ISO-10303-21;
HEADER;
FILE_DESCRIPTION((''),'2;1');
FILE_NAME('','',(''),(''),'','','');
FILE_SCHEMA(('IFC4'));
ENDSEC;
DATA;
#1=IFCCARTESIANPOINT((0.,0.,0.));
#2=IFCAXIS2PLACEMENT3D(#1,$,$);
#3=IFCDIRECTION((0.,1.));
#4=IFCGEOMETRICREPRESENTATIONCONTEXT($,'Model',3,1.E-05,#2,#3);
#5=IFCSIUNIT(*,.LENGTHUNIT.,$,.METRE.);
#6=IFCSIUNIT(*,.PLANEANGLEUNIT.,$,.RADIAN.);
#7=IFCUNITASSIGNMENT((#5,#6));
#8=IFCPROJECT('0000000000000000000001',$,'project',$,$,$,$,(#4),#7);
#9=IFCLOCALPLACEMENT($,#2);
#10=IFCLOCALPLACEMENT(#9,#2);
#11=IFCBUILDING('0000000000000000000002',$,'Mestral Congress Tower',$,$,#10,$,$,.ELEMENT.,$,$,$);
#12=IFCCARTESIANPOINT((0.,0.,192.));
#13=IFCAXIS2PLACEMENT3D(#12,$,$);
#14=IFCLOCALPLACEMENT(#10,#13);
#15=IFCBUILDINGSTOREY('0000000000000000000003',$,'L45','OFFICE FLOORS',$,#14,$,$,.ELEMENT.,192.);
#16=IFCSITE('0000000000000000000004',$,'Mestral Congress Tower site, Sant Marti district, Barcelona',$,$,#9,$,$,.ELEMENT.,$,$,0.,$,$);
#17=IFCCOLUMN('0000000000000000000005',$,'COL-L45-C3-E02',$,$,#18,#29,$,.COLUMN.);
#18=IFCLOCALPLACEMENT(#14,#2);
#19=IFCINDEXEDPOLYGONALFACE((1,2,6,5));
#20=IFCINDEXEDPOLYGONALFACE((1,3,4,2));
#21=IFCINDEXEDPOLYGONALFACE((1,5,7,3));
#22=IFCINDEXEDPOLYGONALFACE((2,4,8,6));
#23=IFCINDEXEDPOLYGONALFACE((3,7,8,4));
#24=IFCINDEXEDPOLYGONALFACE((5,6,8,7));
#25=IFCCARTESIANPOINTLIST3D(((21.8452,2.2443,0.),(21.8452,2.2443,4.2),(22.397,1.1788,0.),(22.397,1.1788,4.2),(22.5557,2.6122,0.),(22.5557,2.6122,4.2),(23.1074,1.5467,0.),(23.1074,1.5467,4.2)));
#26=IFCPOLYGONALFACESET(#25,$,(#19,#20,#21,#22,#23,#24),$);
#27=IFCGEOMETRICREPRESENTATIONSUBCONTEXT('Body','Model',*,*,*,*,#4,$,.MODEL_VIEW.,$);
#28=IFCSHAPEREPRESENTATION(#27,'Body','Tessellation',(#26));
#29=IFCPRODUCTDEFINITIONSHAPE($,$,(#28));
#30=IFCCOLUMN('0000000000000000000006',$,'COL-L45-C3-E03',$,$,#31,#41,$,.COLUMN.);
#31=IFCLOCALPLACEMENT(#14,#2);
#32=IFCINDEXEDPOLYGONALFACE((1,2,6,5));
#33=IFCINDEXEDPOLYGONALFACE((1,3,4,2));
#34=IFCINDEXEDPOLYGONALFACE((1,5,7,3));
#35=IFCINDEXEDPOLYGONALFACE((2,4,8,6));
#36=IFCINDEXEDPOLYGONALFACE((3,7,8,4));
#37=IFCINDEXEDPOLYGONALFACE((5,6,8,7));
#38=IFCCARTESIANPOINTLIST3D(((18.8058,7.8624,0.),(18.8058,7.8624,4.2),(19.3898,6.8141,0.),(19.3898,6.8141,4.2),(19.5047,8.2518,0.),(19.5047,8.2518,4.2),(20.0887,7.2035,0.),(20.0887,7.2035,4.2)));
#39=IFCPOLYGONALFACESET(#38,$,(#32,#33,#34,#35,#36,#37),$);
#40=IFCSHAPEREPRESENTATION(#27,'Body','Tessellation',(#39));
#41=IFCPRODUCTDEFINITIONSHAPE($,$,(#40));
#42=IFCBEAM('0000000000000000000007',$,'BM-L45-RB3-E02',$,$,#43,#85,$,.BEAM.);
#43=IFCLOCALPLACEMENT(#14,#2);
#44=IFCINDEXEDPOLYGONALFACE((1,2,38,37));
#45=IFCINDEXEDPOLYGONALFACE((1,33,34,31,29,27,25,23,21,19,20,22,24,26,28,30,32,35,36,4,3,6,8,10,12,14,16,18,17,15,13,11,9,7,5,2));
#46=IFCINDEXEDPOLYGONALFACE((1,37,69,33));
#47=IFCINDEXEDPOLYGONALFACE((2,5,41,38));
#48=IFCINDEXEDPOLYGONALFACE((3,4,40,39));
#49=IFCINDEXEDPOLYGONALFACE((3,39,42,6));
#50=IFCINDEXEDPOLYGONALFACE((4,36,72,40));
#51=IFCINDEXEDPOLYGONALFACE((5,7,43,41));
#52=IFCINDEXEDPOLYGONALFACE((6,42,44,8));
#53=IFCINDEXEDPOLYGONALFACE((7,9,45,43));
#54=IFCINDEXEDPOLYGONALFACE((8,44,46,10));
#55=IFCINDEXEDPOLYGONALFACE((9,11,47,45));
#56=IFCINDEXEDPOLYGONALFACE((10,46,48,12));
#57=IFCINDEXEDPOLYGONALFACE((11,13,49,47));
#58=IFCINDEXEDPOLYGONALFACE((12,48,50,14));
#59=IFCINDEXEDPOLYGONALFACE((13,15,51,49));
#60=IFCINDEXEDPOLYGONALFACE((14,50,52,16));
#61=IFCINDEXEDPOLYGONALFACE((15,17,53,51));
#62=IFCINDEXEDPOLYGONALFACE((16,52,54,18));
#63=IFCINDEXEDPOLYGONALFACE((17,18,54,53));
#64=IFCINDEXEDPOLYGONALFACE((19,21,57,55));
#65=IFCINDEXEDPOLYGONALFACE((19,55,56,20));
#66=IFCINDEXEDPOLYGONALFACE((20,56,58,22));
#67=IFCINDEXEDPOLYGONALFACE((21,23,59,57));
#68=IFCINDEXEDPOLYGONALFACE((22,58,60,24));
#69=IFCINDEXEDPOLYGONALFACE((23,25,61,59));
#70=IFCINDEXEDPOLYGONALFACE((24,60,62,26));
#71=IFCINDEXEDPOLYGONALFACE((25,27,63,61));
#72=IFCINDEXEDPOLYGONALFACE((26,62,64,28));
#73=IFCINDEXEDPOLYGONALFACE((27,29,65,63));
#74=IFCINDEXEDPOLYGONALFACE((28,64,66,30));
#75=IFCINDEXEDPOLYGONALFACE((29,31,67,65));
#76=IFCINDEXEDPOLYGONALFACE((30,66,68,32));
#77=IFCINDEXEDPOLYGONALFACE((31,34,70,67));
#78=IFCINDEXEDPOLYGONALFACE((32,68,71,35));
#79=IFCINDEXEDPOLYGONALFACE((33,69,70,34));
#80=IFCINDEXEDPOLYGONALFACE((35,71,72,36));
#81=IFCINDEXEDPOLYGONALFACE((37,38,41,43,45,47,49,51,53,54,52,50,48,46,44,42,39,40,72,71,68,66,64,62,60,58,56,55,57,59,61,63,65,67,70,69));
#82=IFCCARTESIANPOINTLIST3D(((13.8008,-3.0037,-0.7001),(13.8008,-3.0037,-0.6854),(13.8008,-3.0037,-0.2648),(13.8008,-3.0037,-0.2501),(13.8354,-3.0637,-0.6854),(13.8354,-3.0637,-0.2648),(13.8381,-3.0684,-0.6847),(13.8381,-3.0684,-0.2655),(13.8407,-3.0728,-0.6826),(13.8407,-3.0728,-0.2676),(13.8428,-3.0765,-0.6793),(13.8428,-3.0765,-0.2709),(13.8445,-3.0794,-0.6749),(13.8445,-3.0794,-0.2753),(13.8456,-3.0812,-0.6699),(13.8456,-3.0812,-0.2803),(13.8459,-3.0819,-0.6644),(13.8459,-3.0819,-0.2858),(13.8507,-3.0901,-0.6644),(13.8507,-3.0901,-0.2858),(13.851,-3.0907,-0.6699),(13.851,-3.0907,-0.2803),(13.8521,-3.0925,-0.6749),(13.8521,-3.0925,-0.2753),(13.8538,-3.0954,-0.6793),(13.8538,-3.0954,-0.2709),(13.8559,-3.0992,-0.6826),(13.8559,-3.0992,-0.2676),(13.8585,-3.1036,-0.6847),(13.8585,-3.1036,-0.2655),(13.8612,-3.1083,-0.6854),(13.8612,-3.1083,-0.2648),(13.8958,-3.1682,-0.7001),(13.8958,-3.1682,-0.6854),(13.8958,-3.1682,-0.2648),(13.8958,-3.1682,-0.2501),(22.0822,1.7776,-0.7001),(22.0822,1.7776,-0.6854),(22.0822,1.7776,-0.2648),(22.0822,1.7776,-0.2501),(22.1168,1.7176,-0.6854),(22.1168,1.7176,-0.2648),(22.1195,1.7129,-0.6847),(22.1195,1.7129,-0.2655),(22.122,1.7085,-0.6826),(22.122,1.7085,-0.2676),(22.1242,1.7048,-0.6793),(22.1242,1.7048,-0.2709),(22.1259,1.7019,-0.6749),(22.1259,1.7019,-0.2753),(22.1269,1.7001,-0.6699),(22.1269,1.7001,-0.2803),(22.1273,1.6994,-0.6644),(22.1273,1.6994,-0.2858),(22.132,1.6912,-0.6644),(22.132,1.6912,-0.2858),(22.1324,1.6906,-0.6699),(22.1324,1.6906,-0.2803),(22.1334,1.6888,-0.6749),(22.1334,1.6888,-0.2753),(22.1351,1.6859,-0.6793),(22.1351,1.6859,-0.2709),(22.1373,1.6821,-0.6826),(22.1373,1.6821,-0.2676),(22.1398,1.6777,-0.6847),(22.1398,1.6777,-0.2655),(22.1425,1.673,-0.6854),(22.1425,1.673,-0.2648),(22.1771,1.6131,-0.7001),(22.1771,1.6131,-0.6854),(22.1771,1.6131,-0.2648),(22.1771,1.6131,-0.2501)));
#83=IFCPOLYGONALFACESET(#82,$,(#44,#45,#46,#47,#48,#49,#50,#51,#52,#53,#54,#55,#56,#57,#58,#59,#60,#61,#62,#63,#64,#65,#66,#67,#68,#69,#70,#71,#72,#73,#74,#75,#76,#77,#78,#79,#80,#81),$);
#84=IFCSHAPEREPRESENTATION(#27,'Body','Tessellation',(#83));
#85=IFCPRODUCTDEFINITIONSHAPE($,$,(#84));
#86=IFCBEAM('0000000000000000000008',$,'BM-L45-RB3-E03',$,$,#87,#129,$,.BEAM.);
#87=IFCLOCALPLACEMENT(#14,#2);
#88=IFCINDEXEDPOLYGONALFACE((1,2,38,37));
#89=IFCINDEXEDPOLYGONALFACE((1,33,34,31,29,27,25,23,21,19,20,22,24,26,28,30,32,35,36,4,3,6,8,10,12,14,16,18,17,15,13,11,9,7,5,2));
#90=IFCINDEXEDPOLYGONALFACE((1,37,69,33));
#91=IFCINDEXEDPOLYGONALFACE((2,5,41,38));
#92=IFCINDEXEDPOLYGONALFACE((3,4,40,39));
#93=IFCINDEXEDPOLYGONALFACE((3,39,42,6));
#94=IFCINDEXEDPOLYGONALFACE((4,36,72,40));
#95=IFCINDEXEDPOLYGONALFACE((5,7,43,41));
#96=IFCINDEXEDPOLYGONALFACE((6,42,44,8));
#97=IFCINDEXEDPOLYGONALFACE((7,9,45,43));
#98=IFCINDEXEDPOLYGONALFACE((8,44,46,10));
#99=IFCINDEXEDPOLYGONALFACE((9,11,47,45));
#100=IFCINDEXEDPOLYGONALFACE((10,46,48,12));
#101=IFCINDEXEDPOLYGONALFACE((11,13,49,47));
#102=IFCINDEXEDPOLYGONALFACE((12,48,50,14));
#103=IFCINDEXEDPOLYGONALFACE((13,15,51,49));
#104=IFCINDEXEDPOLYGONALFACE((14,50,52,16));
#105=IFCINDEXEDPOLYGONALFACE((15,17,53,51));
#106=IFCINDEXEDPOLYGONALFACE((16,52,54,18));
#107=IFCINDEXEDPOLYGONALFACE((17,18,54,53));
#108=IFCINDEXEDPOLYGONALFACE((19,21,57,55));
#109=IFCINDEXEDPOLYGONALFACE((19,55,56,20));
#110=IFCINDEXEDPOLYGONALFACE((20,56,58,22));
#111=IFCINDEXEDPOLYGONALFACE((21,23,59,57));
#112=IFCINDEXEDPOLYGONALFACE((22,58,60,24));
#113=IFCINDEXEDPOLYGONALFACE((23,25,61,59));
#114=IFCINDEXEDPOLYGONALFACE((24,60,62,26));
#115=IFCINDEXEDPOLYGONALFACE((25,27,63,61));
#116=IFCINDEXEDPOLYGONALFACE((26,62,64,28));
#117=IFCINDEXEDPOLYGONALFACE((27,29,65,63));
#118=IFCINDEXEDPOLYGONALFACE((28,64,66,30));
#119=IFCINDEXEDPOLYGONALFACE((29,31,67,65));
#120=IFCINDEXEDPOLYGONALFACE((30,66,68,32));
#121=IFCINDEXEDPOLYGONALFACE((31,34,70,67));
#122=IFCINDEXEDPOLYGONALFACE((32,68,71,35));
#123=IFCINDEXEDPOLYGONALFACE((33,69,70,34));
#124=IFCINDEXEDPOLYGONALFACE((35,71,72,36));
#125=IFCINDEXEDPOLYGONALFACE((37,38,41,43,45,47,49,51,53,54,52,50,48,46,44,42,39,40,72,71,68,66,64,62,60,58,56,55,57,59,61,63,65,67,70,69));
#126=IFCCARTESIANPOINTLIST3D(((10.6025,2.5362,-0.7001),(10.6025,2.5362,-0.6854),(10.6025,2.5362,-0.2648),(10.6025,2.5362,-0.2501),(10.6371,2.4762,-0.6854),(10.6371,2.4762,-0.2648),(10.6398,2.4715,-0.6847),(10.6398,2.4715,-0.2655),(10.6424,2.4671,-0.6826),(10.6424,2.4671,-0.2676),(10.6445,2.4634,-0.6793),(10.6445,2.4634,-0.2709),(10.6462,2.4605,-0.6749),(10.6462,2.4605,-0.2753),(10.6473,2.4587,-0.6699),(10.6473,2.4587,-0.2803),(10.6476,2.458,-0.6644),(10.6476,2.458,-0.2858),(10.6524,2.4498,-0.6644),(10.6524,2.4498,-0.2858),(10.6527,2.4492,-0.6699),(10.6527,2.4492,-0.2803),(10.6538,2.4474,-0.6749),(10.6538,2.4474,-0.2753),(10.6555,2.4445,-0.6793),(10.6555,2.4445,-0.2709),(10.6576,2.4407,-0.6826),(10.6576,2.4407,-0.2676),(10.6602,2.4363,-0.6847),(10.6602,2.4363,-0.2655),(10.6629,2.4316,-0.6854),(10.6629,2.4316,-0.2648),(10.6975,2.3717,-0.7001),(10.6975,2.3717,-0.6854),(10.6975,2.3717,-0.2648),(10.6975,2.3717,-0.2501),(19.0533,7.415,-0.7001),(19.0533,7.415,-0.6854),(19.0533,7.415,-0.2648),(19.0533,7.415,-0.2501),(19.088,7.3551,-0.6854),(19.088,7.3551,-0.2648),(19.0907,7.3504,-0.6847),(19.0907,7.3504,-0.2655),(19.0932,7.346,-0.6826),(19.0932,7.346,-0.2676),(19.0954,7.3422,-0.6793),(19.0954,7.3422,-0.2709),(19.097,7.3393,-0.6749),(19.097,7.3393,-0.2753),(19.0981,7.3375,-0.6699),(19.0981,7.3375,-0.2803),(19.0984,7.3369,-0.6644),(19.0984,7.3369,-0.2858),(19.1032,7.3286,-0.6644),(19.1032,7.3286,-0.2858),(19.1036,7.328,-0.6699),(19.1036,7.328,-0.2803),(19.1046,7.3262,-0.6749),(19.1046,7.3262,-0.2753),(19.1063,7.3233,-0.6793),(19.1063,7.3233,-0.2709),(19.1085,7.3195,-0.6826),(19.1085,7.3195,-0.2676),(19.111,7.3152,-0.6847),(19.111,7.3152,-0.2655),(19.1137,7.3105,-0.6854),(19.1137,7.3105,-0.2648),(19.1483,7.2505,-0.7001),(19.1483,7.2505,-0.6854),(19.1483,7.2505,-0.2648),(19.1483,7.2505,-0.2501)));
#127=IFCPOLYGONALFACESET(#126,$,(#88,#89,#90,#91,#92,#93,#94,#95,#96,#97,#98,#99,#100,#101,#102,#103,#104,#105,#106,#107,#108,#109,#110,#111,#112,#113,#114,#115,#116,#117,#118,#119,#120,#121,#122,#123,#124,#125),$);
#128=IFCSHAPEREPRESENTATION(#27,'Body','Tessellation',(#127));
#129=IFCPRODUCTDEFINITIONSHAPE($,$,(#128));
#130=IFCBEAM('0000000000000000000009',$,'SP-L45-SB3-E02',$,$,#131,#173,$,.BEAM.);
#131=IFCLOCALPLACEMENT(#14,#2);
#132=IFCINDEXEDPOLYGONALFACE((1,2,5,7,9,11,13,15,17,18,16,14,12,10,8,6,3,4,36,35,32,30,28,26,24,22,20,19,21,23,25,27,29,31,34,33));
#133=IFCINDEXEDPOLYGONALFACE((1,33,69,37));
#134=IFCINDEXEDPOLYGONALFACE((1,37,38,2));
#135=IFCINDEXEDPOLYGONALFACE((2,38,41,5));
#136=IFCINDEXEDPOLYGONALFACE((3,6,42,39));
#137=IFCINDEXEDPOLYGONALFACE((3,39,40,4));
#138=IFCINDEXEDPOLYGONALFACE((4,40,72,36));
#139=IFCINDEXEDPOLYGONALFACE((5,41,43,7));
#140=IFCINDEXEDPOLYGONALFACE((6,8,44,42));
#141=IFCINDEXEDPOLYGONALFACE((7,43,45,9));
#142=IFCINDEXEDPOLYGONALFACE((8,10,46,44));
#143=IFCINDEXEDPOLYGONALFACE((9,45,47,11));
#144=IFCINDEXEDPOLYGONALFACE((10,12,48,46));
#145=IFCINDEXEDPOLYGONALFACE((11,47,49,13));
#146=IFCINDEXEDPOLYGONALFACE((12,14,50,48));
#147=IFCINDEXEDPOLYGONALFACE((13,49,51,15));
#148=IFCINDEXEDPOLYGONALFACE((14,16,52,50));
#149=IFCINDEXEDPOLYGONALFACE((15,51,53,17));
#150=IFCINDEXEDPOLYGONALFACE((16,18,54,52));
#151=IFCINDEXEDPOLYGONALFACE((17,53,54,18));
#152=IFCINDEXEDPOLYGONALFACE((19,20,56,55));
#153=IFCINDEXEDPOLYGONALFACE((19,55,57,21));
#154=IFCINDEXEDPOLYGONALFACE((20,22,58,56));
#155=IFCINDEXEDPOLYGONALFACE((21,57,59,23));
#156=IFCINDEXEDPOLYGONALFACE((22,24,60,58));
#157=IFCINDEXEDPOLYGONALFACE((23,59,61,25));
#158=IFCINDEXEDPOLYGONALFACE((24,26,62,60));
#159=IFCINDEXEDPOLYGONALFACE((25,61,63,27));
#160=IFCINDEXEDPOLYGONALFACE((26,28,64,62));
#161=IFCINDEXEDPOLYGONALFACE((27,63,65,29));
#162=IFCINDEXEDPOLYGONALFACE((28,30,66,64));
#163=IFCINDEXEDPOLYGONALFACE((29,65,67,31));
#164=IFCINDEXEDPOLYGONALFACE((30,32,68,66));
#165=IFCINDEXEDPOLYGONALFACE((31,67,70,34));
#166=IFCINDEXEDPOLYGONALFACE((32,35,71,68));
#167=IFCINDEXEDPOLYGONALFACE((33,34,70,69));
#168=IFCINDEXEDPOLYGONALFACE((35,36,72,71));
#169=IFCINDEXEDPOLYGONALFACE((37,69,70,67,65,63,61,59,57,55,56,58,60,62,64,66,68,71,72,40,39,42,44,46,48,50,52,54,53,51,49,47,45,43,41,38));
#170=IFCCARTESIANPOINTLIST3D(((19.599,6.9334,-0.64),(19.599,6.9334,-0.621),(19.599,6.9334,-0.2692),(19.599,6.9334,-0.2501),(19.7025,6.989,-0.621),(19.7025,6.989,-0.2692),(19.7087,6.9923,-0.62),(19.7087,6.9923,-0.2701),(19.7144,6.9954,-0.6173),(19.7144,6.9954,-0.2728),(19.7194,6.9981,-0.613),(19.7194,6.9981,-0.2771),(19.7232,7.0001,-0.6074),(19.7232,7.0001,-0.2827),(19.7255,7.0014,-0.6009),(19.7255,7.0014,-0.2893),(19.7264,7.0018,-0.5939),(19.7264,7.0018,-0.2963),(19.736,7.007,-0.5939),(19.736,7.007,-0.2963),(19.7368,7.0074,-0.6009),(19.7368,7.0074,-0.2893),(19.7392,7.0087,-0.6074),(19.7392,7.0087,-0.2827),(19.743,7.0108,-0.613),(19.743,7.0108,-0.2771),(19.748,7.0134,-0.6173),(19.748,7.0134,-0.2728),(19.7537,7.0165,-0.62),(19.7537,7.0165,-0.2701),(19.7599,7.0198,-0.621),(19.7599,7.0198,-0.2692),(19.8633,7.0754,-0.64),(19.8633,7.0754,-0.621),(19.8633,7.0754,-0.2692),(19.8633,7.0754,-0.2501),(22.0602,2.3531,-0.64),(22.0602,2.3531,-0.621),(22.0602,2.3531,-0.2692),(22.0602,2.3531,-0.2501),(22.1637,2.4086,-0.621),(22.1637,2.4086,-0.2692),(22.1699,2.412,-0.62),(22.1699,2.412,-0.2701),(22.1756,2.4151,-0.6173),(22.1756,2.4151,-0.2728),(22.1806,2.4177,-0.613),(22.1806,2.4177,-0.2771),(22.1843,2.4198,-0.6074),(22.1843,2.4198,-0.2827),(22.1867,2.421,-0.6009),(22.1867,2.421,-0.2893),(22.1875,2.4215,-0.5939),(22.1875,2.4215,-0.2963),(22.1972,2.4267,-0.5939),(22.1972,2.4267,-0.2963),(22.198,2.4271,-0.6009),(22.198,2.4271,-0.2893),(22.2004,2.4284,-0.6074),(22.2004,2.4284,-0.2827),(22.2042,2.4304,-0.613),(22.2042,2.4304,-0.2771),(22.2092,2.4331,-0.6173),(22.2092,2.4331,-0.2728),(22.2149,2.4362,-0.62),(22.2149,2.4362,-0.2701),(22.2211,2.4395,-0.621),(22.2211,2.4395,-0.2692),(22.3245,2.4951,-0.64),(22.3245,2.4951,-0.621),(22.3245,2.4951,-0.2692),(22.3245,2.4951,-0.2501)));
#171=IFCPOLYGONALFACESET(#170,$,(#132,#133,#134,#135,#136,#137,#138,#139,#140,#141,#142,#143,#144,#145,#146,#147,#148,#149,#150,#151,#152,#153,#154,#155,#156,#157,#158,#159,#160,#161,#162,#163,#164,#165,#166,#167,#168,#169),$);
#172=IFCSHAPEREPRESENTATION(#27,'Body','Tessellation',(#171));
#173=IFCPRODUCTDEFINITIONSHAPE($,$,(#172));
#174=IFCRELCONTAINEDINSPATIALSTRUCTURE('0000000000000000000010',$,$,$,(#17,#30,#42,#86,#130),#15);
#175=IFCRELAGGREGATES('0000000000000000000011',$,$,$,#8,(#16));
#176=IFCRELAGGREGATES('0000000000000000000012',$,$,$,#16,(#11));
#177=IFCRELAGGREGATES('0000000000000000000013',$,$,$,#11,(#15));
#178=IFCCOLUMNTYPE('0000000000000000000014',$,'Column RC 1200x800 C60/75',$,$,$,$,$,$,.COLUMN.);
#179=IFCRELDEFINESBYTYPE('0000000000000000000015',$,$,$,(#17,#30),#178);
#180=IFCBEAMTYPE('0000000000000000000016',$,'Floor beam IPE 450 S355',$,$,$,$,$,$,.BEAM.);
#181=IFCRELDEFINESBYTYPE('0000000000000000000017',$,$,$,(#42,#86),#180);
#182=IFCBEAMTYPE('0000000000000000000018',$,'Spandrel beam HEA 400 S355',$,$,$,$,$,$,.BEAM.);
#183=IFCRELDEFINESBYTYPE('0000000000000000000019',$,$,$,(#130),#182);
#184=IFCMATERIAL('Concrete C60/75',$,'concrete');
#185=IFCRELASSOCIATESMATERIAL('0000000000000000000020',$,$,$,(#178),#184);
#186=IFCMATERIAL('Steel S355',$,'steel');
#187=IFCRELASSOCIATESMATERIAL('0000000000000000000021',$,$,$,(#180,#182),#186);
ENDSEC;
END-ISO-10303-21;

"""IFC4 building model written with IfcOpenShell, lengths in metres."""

from ifc_helpers import new_model, si_unit, direction, frame, origin, origin_2d, place, context, subcontext, project, spatial, rectangle, i_section, extrude, material, material_profile, profile_set, type_object, element, save


model = new_model("IFC4")

# Units and contexts
model_context = context("Model", 3, precision=1e-05, world=origin(), true_north=direction((0.0, 1.0)))
body_context = subcontext(model_context, "Body", "Model", "MODEL_VIEW")
ifc_project = project(units=[si_unit("LENGTHUNIT", "METRE"), si_unit("PLANEANGLEUNIT", "RADIAN")], contexts=[model_context])

# Site, building, storey
site_placement = place(None, origin())
site = spatial("IfcSite", under=ifc_project, at=site_placement, Name="Mestral Congress Tower site, Sant Marti district, Barcelona", CompositionType="ELEMENT", RefElevation=0.0)
building_placement = place(site_placement, origin())
building = spatial("IfcBuilding", under=site, at=building_placement, Name="Mestral Congress Tower", CompositionType="ELEMENT")
storey_placement = place(building_placement, frame((0.0, 0.0, 192.0)))
storey = spatial("IfcBuildingStorey", under=building, at=storey_placement, Name="L45", Description="OFFICE FLOORS", CompositionType="ELEMENT", Elevation=192.0)

# Columns
ifc_material_1 = material(Name="Concrete C60/75", Category="concrete")
ifc_material_profile_1 = material_profile(ifc_material_1, rectangle(XDim=1.2, YDim=0.8, at=origin_2d()), Name="RC 1200x800")
ifc_profile_set_1 = profile_set([ifc_material_profile_1], Name="Concrete C60/75")
column_type = type_object("IfcColumnType", Name="Column RC 1200x800 C60/75", PredefinedType="COLUMN", material=ifc_profile_set_1)
for number, where, z_axis, x_axis, name in (
    (1, (22.4763, 1.8955, 0.0), (0.0, 0.0, 1.0), (-0.459837, 0.888003, 0.0), "COL-L45-C3-E02"),
    (2, (19.4473, 7.533, 0.0), (0.0, 0.0, 1.0), (-0.486724, 0.873556, 0.0), "COL-L45-C3-E03"),
):
    element("IfcColumn", number, at=place(storey_placement, frame(where, z_axis=z_axis, x_axis=x_axis)), inside=storey, type_object=column_type, Name=name, PredefinedType="COLUMN", context=body_context, shape_type="SweptSolid", body=[
        extrude(rectangle(XDim=1.2, YDim=0.8, at=origin_2d()), origin(), (0.0, 0.0, 1.0), 4.2),
    ])

# Beams
ifc_material_2 = material(Name="Steel S355", Category="steel")
ifc_material_profile_2 = material_profile(ifc_material_2, i_section(OverallWidth=0.1899, OverallDepth=0.45, WebThickness=0.0095, FlangeThickness=0.0146, FilletRadius=0.021, at=origin_2d()), Name="IPE 450")
ifc_profile_set_2 = profile_set([ifc_material_profile_2], Name="Steel S355")
beam_type_1 = type_object("IfcBeamType", Name="Floor beam IPE 450 S355", PredefinedType="BEAM", material=ifc_profile_set_2)
beam_1_placement = place(storey_placement, frame((22.1296, 1.6953, -0.4751), z_axis=(-0.866022, -0.500005, 0.0), x_axis=(0.500005, -0.866022, 0.0)))
element("IfcBeam", 3, at=beam_1_placement, inside=storey, type_object=beam_type_1, Name="BM-L45-RB3-E02", PredefinedType="BEAM", context=body_context, shape_type="SweptSolid", body=[
    extrude(i_section(OverallWidth=0.1899, OverallDepth=0.45, WebThickness=0.0095, FlangeThickness=0.0146, FilletRadius=0.021, at=origin_2d()), origin(), (0.0, 0.0, 1.0), 9.5625),
])
beam_2_placement = place(storey_placement, frame((19.1008, 7.3328, -0.4751), z_axis=(-0.866036, -0.499982, 0.0), x_axis=(0.499982, -0.866036, 0.0)))
element("IfcBeam", 4, at=beam_2_placement, inside=storey, type_object=beam_type_1, Name="BM-L45-RB3-E03", PredefinedType="BEAM", context=body_context, shape_type="SweptSolid", body=[
    extrude(i_section(OverallWidth=0.1899, OverallDepth=0.45, WebThickness=0.0095, FlangeThickness=0.0146, FilletRadius=0.021, at=origin_2d()), origin(), (0.0, 0.0, 1.0), 9.7581),
])
ifc_material_profile_3 = material_profile(ifc_material_2, i_section(OverallWidth=0.3, OverallDepth=0.3899, WebThickness=0.011, FlangeThickness=0.019, FilletRadius=0.0271, at=origin_2d()), Name="HEA 400")
ifc_profile_set_3 = profile_set([ifc_material_profile_3], Name="Steel S355")
beam_type_2 = type_object("IfcBeamType", Name="Spandrel beam HEA 400 S355", PredefinedType="BEAM", material=ifc_profile_set_3)
for number, where, z_axis, x_axis, name in (
    (5, (22.1924, 2.4241, -0.4451), (-0.473332, 0.880884, 0.0), (-0.880884, -0.473332, 0.0), "SP-L45-SB3-E02"),
):
    element("IfcBeam", number, at=place(storey_placement, frame(where, z_axis=z_axis, x_axis=x_axis)), inside=storey, type_object=beam_type_2, Name=name, PredefinedType="BEAM", context=body_context, shape_type="SweptSolid", body=[
        extrude(i_section(OverallWidth=0.3, OverallDepth=0.3899, WebThickness=0.011, FlangeThickness=0.019, FilletRadius=0.0271, at=origin_2d()), origin(), (0.0, 0.0, 1.0), 5.1997),
    ])

save(model, "model.ifc")
